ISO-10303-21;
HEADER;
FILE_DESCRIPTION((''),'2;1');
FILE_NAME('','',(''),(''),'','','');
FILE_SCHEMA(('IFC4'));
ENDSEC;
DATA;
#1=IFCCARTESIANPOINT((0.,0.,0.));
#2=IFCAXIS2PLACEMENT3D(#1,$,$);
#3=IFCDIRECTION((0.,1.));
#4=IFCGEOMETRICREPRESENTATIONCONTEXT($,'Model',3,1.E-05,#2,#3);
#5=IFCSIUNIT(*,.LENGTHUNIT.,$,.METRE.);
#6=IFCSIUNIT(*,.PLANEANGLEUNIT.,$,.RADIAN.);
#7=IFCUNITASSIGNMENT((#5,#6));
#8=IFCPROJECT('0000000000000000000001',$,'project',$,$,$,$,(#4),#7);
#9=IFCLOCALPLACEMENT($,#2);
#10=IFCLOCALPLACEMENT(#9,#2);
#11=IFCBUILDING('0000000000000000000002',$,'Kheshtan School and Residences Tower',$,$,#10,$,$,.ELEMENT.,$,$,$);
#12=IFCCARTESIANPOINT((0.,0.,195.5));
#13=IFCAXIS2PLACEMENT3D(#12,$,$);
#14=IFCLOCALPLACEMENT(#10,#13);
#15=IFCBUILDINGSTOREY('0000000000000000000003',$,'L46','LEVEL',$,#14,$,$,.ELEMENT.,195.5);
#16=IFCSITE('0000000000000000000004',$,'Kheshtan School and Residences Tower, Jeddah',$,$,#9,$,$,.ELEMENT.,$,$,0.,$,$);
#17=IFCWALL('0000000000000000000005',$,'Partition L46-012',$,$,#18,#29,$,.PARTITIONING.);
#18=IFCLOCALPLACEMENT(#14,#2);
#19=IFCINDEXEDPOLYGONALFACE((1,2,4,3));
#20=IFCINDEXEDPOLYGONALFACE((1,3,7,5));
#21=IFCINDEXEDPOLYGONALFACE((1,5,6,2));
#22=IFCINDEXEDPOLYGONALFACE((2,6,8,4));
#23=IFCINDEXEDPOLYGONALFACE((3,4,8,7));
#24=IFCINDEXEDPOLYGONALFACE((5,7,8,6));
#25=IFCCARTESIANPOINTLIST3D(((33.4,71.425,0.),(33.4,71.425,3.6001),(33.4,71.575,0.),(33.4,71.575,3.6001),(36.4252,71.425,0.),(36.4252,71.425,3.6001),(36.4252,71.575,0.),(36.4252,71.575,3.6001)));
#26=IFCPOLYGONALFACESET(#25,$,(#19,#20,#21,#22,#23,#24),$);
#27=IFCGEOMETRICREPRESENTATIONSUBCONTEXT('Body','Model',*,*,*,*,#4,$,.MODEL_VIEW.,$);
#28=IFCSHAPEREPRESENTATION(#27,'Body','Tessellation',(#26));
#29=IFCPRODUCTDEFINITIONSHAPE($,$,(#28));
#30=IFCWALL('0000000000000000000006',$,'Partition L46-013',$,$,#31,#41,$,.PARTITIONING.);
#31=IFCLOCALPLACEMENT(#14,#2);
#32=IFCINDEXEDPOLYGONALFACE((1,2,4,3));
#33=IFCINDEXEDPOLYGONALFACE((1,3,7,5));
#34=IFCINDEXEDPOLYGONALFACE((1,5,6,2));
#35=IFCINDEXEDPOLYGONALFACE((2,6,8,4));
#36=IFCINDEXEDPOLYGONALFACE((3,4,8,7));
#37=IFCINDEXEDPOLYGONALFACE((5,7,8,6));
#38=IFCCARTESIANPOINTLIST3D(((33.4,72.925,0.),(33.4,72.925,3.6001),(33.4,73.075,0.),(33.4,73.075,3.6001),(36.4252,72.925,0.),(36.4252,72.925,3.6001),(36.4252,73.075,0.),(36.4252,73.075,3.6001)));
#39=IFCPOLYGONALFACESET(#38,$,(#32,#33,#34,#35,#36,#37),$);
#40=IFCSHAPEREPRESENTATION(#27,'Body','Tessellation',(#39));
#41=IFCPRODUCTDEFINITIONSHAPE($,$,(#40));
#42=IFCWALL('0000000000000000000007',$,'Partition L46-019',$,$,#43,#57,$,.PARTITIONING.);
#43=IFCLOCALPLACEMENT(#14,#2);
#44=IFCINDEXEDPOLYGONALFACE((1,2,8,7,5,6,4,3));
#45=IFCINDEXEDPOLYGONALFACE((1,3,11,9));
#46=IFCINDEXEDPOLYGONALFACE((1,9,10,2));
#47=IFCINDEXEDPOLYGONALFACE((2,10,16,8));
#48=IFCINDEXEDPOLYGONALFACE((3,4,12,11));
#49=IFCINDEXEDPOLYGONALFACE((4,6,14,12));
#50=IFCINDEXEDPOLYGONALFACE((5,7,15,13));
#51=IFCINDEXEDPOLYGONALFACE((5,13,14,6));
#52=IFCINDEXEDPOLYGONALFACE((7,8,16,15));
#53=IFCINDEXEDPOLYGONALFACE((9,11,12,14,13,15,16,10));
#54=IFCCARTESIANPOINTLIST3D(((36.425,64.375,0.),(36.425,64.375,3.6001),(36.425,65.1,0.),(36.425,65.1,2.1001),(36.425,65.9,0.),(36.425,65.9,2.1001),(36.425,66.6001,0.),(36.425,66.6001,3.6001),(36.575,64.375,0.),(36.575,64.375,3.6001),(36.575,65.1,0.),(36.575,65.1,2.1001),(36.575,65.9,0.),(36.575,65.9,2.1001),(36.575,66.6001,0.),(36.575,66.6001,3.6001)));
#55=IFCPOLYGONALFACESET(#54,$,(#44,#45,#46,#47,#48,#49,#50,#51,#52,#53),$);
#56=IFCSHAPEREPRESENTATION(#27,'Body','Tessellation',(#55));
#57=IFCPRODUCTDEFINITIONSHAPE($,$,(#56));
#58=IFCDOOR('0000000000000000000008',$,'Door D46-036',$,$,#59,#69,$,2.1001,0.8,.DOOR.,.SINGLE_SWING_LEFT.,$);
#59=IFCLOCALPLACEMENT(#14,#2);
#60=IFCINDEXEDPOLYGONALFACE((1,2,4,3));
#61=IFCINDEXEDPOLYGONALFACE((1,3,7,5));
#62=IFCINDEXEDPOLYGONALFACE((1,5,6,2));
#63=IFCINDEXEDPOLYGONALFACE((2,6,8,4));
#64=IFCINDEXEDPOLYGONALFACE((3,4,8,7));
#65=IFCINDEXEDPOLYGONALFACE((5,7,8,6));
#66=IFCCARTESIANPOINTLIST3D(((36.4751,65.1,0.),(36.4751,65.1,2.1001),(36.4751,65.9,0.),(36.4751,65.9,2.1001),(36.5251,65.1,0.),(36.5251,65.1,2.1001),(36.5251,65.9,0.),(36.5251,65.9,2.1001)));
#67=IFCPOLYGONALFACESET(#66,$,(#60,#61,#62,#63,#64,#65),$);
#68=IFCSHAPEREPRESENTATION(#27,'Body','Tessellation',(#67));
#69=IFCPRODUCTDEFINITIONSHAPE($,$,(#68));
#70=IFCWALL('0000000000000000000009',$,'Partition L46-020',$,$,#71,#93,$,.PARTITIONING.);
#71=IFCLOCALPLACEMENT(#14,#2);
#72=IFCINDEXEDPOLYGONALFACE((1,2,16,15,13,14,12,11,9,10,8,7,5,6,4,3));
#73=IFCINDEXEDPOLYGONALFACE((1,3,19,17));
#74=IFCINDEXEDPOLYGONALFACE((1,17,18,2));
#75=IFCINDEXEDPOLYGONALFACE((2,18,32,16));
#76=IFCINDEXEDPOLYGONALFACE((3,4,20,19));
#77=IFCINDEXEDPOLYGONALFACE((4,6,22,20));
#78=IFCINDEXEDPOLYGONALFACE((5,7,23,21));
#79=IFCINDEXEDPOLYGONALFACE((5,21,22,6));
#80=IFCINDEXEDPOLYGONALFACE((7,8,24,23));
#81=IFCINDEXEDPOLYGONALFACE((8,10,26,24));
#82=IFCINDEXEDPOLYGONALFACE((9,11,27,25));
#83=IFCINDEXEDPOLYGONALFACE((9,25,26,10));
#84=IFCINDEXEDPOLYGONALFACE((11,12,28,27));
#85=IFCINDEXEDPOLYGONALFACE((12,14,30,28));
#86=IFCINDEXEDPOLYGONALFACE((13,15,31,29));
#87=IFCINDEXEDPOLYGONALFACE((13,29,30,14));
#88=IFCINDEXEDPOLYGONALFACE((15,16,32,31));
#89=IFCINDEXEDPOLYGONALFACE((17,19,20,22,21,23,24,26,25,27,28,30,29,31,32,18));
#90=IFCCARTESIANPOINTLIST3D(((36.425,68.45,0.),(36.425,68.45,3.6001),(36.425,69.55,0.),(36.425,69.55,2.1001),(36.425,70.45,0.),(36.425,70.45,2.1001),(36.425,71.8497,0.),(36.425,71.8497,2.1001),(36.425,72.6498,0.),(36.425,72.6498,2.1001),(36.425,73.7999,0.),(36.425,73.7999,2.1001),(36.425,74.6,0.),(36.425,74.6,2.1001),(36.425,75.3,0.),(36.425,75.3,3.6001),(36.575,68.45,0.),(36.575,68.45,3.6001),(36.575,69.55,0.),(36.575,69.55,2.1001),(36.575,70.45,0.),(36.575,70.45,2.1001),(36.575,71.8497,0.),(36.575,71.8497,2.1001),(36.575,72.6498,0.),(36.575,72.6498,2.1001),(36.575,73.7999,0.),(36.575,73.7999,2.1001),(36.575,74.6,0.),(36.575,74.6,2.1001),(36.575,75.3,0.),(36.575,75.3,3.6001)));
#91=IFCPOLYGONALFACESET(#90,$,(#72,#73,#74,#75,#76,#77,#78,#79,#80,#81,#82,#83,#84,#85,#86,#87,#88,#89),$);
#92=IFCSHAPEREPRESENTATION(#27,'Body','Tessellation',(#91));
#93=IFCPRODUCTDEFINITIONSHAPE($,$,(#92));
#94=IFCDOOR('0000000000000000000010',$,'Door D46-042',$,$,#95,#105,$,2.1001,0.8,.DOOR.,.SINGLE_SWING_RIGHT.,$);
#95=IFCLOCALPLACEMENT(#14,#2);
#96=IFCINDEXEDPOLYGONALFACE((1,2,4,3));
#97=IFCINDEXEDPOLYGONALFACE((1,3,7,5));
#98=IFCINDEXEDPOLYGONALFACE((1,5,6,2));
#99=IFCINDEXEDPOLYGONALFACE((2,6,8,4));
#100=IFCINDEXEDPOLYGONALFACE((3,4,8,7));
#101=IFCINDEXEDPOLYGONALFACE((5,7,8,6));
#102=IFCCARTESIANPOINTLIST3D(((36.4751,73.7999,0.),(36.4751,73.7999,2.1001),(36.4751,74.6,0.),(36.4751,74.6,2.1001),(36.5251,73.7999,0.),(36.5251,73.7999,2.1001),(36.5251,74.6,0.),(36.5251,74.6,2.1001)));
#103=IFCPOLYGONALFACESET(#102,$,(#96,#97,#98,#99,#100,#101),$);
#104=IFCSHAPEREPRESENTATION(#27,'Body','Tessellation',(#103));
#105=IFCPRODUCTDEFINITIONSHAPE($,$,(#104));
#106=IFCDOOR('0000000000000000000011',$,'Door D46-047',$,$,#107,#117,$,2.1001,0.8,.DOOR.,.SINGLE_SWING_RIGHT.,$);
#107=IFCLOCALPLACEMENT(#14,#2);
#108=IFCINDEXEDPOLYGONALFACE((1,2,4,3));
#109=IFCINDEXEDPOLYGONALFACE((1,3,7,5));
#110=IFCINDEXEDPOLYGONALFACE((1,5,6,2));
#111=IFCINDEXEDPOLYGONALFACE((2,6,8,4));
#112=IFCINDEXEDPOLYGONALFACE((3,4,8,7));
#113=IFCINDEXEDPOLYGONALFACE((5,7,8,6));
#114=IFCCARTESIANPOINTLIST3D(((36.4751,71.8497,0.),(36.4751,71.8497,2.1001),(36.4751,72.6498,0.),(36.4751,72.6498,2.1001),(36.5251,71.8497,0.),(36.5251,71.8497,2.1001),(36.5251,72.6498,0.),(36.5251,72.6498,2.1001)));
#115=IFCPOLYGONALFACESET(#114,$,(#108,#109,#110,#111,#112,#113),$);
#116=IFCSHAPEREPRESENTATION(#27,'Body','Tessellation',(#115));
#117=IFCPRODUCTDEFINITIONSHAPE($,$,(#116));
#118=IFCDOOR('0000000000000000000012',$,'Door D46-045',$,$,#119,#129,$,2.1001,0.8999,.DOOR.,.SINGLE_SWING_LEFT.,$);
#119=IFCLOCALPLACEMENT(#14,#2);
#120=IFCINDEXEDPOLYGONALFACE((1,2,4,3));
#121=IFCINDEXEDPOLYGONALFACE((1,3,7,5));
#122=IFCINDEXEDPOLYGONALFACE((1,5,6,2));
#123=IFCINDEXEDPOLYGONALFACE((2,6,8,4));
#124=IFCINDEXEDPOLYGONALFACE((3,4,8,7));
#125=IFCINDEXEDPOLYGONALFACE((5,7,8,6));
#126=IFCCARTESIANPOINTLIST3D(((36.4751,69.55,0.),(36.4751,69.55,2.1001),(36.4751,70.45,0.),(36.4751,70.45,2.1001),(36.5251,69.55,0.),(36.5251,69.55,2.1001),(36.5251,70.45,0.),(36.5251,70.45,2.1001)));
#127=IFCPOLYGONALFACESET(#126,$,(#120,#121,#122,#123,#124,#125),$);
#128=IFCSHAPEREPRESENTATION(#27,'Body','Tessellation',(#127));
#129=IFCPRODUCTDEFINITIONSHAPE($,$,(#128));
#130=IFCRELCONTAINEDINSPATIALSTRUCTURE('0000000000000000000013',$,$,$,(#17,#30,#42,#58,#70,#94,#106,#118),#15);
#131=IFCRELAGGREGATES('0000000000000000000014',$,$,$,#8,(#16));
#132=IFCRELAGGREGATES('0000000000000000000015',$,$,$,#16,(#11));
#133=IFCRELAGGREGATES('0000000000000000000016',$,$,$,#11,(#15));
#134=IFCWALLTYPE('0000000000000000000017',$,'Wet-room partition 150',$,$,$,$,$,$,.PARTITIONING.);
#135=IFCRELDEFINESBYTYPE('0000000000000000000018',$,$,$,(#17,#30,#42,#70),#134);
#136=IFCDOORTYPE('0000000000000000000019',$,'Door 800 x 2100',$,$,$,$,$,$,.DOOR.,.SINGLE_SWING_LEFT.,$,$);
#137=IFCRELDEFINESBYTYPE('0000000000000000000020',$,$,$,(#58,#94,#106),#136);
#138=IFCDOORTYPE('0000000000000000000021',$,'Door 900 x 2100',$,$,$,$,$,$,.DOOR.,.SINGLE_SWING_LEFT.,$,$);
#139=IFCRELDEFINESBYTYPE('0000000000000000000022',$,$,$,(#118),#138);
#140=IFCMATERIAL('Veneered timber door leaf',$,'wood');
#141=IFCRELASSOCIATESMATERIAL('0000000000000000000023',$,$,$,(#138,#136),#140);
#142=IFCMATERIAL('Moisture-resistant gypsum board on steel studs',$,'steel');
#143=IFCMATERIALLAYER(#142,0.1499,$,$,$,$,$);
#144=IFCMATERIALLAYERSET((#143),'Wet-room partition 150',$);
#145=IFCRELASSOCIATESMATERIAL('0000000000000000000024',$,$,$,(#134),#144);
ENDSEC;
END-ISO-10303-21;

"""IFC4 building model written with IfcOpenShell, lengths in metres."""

from ifc_helpers import new_model, si_unit, direction, frame, frame_2d, origin, place, context, subcontext, project, spatial, rectangle, extrude, source, transform, mapped, material, layer, layer_set, type_object, element, fill, save


model = new_model("IFC4")

# Units and contexts
model_context = context("Model", 3, precision=1e-05, world=origin(), true_north=direction((0.0, 1.0)))
body_context = subcontext(model_context, "Body", "Model", "MODEL_VIEW")
ifc_project = project(units=[si_unit("LENGTHUNIT", "METRE"), si_unit("PLANEANGLEUNIT", "RADIAN")], contexts=[model_context])

# Site, building, storey
site_placement = place(None, origin())
site = spatial("IfcSite", under=ifc_project, at=site_placement, Name="Kheshtan School and Residences Tower, Jeddah", CompositionType="ELEMENT", RefElevation=0.0)
building_placement = place(site_placement, origin())
building = spatial("IfcBuilding", under=site, at=building_placement, Name="Kheshtan School and Residences Tower", CompositionType="ELEMENT")
storey_placement = place(building_placement, frame((0.0, 0.0, 195.5)))
storey = spatial("IfcBuildingStorey", under=building, at=storey_placement, Name="L46", Description="LEVEL", CompositionType="ELEMENT", Elevation=195.5)

# Shared definitions
ifc_material_1 = material(Name="Veneered timber door leaf", Category="wood")
door_type_1 = type_object("IfcDoorType", Name="Door 900 x 2100", OperationType="SINGLE_SWING_LEFT", PredefinedType="DOOR", material=ifc_material_1)
shared_shape_1 = source(origin(), body_context, "Body", "SweptSolid", [
    extrude(rectangle(XDim=0.8999, YDim=2.1001, at=frame_2d((0.45, 1.05))), frame((0.0, 0.0249, 0.0), z_axis=(0.0, -1.0, 0.0), x_axis=(1.0, 0.0, 0.0)), (0.0, 0.0, 1.0), 0.05),
])

# Walls
ifc_material_2 = material(Name="Moisture-resistant gypsum board on steel studs", Category="steel")
ifc_layer_1 = layer(ifc_material_2, 0.1499)
ifc_layer_set_1 = layer_set([ifc_layer_1], Name="Wet-room partition 150")
wall_type_1 = type_object("IfcWallType", Name="Wet-room partition 150", PredefinedType="PARTITIONING", material=ifc_layer_set_1)
for number, where, z_axis, x_axis, name in (
    (1, (33.3999, 71.5, 0.0), (0.0, 0.0, 1.0), (1.0, 0.0, 0.0), "Partition L46-012"),
    (2, (33.3999, 73.0, 0.0), (0.0, 0.0, 1.0), (1.0, 0.0, 0.0), "Partition L46-013"),
):
    element("IfcWall", number, at=place(storey_placement, frame(where, z_axis=z_axis, x_axis=x_axis)), inside=storey, type_object=wall_type_1, Name=name, PredefinedType="PARTITIONING", context=body_context, shape_type="SweptSolid", body=[
        extrude(rectangle(XDim=3.0251, YDim=0.1499, at=frame_2d((1.5127, 0.0))), origin(), (0.0, 0.0, 1.0), 3.6001),
    ])

# Wall, opening, door
wall_1_placement = place(storey_placement, frame((36.5, 64.375, 0.0), z_axis=(0.0, 0.0, 1.0), x_axis=(0.0, 1.0, 0.0)))
wall_1 = element("IfcWall", 3, at=wall_1_placement, inside=storey, type_object=wall_type_1, Name="Partition L46-019", PredefinedType="PARTITIONING", context=body_context, shape_type="SweptSolid", body=[
    extrude(rectangle(XDim=2.2251, YDim=0.1499, at=frame_2d((1.1125, 0.0))), origin(), (0.0, 0.0, 1.0), 3.6001),
])
opening_1_placement = place(wall_1_placement, frame((0.7251, 0.0, 0.0)))
opening_1 = element("IfcOpeningElement", 4, at=opening_1_placement, cuts=wall_1, PredefinedType="OPENING", context=body_context, shape_type="SweptSolid", body=[
    extrude(rectangle(XDim=0.8, YDim=2.1001, at=frame_2d((0.3999, 1.05))), frame((0.0, 0.085, 0.0), z_axis=(0.0, -1.0, 0.0), x_axis=(1.0, 0.0, 0.0)), (0.0, 0.0, 1.0), 0.1699),
])
door_type_2 = type_object("IfcDoorType", Name="Door 800 x 2100", OperationType="SINGLE_SWING_LEFT", PredefinedType="DOOR", material=ifc_material_1)
shared_shape_2 = source(origin(), body_context, "Body", "SweptSolid", [
    extrude(rectangle(XDim=0.8, YDim=2.1001, at=frame_2d((0.3999, 1.05))), frame((0.0, 0.0249, 0.0), z_axis=(0.0, -1.0, 0.0), x_axis=(1.0, 0.0, 0.0)), (0.0, 0.0, 1.0), 0.05),
])
door_1_placement = place(opening_1_placement, origin())
door_1 = element("IfcDoor", 5, at=door_1_placement, inside=storey, type_object=door_type_2, Name="Door D46-036", OperationType="SINGLE_SWING_LEFT", OverallHeight=2.1001, OverallWidth=0.8, PredefinedType="DOOR", context=body_context, shape_type="MappedRepresentation", body=[
    mapped(shared_shape_2, transform((0.0, 0.0, 0.0), x_axis=(1.0, 0.0, 0.0), y_axis=(0.0, 1.0, 0.0), z_axis=(0.0, 0.0, 1.0), scale=1.0)),
])
fill(opening_1, door_1)

# Wall, openings, doors
wall_2_placement = place(storey_placement, frame((36.5, 68.45, 0.0), z_axis=(0.0, 0.0, 1.0), x_axis=(0.0, 1.0, 0.0)))
wall_2 = element("IfcWall", 6, at=wall_2_placement, inside=storey, type_object=wall_type_1, Name="Partition L46-020", PredefinedType="PARTITIONING", context=body_context, shape_type="SweptSolid", body=[
    extrude(rectangle(XDim=6.8501, YDim=0.1499, at=frame_2d((3.425, 0.0))), origin(), (0.0, 0.0, 1.0), 3.6001),
])
opening_2_placement = place(wall_2_placement, frame((5.3501, 0.0, 0.0)))
opening_2 = element("IfcOpeningElement", 7, at=opening_2_placement, cuts=wall_2, PredefinedType="OPENING", context=body_context, shape_type="SweptSolid", body=[
    extrude(rectangle(XDim=0.8, YDim=2.1001, at=frame_2d((0.3999, 1.05))), frame((0.0, 0.085, 0.0), z_axis=(0.0, -1.0, 0.0), x_axis=(1.0, 0.0, 0.0)), (0.0, 0.0, 1.0), 0.1699),
])
opening_3_placement = place(wall_2_placement, frame((1.1001, 0.0, 0.0)))
opening_3 = element("IfcOpeningElement", 8, at=opening_3_placement, cuts=wall_2, PredefinedType="OPENING", context=body_context, shape_type="SweptSolid", body=[
    extrude(rectangle(XDim=0.8999, YDim=2.1001, at=frame_2d((0.45, 1.05))), frame((0.0, 0.085, 0.0), z_axis=(0.0, -1.0, 0.0), x_axis=(1.0, 0.0, 0.0)), (0.0, 0.0, 1.0), 0.1699),
])
opening_4_placement = place(wall_2_placement, frame((3.3999, 0.0, 0.0)))
opening_4 = element("IfcOpeningElement", 9, at=opening_4_placement, cuts=wall_2, PredefinedType="OPENING", context=body_context, shape_type="SweptSolid", body=[
    extrude(rectangle(XDim=0.8, YDim=2.1001, at=frame_2d((0.3999, 1.05))), frame((0.0, 0.085, 0.0), z_axis=(0.0, -1.0, 0.0), x_axis=(1.0, 0.0, 0.0)), (0.0, 0.0, 1.0), 0.1699),
])
door_2_placement = place(opening_2_placement, origin())
door_2 = element("IfcDoor", 10, at=door_2_placement, inside=storey, type_object=door_type_2, Name="Door D46-042", OperationType="SINGLE_SWING_RIGHT", OverallHeight=2.1001, OverallWidth=0.8, PredefinedType="DOOR", context=body_context, shape_type="MappedRepresentation", body=[
    mapped(shared_shape_2, transform((0.0, 0.0, 0.0), x_axis=(1.0, 0.0, 0.0), y_axis=(0.0, 1.0, 0.0), z_axis=(0.0, 0.0, 1.0), scale=1.0)),
])
fill(opening_2, door_2)
door_3_placement = place(opening_4_placement, origin())
door_3 = element("IfcDoor", 11, at=door_3_placement, inside=storey, type_object=door_type_2, Name="Door D46-047", OperationType="SINGLE_SWING_RIGHT", OverallHeight=2.1001, OverallWidth=0.8, PredefinedType="DOOR", context=body_context, shape_type="MappedRepresentation", body=[
    mapped(shared_shape_2, transform((0.0, 0.0, 0.0), x_axis=(1.0, 0.0, 0.0), y_axis=(0.0, 1.0, 0.0), z_axis=(0.0, 0.0, 1.0), scale=1.0)),
])
fill(opening_4, door_3)
door_4_placement = place(opening_3_placement, origin())
door_4 = element("IfcDoor", 12, at=door_4_placement, inside=storey, type_object=door_type_1, Name="Door D46-045", OperationType="SINGLE_SWING_LEFT", OverallHeight=2.1001, OverallWidth=0.8999, PredefinedType="DOOR", context=body_context, shape_type="MappedRepresentation", body=[
    mapped(shared_shape_1, transform((0.0, 0.0, 0.0), x_axis=(1.0, 0.0, 0.0), y_axis=(0.0, 1.0, 0.0), z_axis=(0.0, 0.0, 1.0), scale=1.0)),
])
fill(opening_3, door_4)

save(model, "model.ifc")
